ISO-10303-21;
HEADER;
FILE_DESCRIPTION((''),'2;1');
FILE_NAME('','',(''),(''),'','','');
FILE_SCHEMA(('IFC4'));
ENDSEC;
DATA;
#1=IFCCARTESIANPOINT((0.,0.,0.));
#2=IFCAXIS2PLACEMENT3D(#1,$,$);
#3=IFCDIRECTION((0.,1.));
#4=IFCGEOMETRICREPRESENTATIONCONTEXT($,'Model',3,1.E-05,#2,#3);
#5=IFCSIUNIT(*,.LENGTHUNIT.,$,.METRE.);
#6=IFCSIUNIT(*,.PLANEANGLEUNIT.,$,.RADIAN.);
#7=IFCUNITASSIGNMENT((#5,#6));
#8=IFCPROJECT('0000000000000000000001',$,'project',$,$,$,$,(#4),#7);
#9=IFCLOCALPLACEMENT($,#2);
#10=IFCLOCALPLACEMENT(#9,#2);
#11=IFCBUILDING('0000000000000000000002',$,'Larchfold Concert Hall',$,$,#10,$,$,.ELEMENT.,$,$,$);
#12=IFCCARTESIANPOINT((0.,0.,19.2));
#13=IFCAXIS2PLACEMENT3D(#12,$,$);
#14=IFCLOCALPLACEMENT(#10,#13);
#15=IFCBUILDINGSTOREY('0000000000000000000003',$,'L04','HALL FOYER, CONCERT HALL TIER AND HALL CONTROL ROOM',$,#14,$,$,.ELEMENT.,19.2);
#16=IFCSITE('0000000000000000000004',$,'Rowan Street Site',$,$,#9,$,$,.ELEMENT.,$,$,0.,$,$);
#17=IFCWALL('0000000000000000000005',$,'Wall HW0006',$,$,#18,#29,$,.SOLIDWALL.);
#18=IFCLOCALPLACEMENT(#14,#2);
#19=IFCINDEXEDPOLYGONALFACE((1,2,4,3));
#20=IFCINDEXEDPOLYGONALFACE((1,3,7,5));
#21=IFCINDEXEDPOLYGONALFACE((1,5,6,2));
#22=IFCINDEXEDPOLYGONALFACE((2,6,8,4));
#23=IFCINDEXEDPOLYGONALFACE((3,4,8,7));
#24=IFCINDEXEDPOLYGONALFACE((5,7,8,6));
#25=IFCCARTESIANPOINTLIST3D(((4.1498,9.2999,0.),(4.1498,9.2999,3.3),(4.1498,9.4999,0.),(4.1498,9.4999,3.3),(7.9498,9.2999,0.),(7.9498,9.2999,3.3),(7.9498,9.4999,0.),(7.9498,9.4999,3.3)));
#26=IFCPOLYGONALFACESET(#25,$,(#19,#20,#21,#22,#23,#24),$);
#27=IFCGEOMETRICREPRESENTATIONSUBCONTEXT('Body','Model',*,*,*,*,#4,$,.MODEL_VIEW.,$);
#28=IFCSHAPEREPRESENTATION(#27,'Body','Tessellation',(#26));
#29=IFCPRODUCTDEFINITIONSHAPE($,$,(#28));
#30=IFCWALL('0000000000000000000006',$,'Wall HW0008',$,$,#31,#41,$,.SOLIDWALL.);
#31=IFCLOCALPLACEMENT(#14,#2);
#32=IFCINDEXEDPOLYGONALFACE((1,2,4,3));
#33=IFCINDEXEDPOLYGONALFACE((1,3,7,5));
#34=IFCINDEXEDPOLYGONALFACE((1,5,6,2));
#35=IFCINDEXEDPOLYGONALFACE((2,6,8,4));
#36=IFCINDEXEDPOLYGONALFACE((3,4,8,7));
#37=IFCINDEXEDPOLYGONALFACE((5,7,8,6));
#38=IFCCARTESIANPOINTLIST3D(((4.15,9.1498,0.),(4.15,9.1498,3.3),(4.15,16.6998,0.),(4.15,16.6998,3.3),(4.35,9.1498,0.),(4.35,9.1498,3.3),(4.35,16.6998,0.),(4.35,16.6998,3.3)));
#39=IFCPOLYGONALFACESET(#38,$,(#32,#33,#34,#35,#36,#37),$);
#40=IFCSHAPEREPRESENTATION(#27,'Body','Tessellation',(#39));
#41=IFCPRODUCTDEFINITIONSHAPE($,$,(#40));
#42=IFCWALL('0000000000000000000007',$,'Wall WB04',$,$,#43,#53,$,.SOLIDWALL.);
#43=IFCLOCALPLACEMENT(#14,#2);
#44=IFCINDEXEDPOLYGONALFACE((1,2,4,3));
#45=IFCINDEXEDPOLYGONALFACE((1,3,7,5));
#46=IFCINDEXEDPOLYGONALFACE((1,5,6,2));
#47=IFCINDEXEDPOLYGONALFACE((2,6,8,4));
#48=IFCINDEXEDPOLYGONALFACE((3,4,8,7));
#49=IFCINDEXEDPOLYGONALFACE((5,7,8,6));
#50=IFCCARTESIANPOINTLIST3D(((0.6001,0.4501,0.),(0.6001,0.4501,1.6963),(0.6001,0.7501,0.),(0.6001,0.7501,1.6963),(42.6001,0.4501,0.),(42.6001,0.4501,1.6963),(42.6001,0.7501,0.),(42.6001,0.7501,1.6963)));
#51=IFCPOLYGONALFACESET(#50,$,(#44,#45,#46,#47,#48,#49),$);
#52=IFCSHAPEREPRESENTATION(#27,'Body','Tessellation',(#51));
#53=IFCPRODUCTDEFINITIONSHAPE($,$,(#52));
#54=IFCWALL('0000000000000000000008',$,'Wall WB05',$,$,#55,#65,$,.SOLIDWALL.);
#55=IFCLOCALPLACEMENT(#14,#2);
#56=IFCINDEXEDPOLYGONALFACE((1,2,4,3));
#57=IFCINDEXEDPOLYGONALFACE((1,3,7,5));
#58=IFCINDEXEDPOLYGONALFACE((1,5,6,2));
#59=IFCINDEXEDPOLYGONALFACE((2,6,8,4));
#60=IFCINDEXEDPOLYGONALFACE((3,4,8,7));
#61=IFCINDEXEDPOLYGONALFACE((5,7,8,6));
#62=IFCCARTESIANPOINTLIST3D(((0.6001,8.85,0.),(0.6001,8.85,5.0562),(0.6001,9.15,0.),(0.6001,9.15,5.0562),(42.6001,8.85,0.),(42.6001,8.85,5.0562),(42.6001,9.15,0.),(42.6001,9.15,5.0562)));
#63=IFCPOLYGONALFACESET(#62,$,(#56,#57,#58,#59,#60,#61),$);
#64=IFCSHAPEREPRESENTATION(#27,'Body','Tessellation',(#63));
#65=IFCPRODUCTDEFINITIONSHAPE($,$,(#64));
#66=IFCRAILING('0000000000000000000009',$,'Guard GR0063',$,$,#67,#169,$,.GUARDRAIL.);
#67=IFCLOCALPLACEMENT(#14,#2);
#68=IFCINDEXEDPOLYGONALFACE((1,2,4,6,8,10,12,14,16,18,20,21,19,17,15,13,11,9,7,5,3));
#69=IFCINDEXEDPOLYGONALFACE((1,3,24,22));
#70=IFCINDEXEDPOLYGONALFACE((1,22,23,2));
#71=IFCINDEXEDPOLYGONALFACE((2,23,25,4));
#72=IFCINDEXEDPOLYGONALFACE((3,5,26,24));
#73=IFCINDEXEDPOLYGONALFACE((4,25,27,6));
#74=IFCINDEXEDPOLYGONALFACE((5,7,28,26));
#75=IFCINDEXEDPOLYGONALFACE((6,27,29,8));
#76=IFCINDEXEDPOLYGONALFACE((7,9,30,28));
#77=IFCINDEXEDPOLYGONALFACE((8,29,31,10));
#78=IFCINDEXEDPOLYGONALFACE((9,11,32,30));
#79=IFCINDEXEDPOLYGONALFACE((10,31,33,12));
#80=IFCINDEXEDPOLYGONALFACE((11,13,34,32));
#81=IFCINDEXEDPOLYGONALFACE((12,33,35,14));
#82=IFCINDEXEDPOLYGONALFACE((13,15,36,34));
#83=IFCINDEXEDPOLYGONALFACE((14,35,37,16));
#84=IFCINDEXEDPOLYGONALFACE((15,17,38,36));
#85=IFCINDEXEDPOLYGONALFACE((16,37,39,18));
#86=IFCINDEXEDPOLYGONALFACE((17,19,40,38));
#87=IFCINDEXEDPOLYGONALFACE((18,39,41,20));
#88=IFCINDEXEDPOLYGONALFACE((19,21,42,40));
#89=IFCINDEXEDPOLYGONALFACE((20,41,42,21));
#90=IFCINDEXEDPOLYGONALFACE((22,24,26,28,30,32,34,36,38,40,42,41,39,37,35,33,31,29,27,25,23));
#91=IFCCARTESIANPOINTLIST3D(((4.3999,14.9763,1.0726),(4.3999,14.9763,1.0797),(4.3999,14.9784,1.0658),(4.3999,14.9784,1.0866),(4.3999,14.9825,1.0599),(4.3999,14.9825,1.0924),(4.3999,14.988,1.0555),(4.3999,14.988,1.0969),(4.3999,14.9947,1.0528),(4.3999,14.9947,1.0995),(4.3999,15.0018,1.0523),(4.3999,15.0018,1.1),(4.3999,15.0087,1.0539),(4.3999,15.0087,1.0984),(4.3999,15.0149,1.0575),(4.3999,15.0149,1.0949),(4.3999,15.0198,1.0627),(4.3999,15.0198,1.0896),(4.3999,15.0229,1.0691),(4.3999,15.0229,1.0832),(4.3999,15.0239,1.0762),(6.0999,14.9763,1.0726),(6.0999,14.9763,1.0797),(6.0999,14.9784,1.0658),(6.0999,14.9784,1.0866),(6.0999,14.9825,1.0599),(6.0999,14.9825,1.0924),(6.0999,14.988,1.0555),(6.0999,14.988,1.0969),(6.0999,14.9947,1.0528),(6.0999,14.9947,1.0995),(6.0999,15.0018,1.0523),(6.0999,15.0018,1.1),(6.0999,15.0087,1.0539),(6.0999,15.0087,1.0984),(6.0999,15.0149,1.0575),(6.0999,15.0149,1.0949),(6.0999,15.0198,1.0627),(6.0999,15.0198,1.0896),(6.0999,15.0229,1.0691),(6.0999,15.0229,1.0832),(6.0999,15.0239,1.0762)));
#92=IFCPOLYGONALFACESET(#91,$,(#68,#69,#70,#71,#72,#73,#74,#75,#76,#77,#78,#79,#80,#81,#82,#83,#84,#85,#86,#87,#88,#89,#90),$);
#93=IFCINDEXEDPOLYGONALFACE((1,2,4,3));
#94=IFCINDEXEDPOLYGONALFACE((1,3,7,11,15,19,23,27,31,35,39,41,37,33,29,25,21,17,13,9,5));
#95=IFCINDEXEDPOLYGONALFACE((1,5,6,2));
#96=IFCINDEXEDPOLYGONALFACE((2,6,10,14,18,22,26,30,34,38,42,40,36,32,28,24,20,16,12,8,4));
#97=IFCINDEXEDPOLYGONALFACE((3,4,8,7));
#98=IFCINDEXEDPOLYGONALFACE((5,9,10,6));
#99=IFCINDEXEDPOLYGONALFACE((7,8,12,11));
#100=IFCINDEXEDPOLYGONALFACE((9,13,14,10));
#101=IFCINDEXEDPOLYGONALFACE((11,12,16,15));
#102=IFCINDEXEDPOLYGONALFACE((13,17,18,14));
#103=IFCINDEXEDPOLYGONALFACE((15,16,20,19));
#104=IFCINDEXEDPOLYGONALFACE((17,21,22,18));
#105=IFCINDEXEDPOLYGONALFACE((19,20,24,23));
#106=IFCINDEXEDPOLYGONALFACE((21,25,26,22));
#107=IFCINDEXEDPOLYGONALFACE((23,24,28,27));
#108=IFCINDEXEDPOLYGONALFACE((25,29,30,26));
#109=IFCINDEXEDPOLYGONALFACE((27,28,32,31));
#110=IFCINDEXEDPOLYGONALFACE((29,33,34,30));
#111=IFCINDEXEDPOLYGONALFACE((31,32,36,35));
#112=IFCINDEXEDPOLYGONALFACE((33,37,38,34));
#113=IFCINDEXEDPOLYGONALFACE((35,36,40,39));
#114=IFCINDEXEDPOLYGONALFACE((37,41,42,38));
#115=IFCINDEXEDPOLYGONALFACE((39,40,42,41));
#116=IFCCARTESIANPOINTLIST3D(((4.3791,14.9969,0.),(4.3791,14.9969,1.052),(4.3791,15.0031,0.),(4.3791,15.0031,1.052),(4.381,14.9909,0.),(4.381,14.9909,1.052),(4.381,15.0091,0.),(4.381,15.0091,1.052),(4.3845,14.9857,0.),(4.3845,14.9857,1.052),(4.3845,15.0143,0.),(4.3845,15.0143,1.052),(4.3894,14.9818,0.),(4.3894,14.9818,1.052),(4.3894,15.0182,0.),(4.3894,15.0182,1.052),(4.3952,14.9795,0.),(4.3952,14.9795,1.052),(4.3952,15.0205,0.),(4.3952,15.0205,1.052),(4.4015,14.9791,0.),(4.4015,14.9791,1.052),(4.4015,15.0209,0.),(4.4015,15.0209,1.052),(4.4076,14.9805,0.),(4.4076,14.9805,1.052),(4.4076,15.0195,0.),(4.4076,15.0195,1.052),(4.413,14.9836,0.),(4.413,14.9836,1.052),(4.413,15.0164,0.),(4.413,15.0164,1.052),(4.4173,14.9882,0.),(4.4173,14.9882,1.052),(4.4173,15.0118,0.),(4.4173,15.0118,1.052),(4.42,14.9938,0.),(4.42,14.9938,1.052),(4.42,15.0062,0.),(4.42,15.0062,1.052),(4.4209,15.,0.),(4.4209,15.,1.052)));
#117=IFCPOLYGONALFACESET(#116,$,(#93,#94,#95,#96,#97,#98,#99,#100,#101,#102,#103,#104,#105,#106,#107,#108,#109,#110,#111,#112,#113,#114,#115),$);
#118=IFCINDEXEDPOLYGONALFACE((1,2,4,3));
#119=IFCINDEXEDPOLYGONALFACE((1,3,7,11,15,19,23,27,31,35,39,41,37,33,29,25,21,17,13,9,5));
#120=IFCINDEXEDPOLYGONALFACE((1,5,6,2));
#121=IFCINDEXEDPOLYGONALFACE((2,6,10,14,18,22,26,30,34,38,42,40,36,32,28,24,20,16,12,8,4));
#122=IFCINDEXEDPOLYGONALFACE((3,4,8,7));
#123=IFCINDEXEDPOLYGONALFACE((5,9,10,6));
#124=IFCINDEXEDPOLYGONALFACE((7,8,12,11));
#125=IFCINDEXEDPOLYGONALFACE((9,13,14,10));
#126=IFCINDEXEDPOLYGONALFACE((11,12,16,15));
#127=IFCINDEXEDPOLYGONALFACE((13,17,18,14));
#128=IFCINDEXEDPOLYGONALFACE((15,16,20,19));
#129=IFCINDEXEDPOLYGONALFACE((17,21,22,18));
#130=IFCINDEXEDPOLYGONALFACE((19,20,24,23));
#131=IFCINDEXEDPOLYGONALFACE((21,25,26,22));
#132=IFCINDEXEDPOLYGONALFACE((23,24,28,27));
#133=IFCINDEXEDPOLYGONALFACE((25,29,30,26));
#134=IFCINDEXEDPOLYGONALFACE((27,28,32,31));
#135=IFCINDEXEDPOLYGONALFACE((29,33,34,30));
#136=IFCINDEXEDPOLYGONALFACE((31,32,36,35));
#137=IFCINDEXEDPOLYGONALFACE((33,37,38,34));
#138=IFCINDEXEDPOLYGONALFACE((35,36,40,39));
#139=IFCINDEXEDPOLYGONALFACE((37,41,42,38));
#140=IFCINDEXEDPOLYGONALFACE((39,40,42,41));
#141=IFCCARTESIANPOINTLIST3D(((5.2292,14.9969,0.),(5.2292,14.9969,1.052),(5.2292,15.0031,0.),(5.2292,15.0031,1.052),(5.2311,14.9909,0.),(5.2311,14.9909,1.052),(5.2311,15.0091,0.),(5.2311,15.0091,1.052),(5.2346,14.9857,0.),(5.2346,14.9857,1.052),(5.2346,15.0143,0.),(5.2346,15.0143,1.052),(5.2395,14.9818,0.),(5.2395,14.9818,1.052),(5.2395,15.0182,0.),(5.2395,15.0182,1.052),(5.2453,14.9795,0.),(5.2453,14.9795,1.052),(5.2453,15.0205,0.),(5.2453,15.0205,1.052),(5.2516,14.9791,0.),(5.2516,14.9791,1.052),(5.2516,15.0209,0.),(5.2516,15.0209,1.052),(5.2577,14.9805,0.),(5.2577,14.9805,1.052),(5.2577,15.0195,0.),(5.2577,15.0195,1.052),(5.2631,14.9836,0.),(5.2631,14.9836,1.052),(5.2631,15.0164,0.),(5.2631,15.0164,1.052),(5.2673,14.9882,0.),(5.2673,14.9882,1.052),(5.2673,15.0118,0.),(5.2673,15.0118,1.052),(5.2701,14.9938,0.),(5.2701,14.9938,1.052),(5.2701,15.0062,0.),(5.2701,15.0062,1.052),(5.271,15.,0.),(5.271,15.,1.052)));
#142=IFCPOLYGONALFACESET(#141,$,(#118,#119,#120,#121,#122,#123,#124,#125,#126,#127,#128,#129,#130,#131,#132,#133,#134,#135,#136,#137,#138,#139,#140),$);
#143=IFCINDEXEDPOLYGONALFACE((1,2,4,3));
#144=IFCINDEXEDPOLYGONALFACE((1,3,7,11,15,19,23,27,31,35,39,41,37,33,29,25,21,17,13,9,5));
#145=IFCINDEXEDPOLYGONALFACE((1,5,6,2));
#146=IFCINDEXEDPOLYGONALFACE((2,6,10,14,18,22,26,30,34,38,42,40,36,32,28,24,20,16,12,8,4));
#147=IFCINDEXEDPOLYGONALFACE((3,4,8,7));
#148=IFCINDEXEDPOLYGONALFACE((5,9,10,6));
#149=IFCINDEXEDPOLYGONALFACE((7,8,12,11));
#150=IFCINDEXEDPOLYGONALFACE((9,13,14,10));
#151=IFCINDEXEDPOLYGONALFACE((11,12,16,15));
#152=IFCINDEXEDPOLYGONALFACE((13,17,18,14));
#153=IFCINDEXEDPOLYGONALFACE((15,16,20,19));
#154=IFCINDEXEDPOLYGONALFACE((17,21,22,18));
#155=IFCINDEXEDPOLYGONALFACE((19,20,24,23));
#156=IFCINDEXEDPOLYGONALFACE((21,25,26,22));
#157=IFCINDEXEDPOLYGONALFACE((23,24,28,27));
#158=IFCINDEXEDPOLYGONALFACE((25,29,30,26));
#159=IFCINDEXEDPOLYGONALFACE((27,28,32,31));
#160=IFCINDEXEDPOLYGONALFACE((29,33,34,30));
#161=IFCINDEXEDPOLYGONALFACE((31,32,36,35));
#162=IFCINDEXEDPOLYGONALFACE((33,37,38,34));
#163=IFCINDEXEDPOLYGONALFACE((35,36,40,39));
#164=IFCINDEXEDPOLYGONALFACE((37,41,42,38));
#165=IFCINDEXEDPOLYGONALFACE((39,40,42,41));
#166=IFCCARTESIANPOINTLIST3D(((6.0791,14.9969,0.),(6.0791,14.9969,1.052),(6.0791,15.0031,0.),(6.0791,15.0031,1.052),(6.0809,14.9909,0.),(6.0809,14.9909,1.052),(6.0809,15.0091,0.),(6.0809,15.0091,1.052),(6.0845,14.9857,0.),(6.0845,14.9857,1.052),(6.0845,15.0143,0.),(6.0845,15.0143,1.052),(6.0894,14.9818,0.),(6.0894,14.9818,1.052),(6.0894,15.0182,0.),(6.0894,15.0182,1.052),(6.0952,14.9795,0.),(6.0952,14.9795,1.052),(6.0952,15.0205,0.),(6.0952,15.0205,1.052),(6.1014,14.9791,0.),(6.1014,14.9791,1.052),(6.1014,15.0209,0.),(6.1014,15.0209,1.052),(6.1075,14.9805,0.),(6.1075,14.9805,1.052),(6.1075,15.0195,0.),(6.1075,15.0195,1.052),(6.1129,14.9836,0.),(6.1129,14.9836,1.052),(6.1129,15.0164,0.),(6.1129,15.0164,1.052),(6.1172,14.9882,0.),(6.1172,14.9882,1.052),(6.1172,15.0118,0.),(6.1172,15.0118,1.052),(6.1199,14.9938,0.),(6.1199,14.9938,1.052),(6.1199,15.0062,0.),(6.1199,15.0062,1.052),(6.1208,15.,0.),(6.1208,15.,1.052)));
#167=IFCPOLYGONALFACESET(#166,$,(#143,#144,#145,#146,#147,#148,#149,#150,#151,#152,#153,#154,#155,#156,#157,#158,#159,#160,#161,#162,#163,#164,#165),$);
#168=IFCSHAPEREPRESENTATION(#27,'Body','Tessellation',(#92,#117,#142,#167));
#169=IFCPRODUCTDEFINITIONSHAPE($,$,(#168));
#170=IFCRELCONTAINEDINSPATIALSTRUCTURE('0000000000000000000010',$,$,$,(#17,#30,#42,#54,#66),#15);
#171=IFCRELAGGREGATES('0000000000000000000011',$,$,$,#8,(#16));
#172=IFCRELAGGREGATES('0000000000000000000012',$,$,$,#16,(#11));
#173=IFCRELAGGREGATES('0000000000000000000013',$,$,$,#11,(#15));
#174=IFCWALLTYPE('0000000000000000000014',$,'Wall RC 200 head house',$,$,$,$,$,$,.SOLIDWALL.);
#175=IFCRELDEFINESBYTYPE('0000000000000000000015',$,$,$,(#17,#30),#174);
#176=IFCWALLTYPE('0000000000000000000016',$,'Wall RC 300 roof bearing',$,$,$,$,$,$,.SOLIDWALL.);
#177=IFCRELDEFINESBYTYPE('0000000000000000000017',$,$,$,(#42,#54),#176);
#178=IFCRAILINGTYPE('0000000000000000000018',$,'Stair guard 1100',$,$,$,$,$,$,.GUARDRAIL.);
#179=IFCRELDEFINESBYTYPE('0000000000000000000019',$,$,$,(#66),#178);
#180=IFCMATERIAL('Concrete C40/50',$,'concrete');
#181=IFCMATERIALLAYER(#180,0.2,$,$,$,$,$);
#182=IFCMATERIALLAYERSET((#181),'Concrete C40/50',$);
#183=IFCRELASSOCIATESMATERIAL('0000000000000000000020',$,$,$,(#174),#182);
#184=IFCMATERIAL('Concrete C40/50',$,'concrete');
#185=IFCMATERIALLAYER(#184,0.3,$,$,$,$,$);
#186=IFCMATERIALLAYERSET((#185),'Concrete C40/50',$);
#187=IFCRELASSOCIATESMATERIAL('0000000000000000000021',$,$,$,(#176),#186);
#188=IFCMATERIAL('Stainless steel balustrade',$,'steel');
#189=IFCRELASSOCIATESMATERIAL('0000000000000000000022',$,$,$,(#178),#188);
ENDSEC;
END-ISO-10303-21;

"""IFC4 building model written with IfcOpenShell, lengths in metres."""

from ifc_helpers import new_model, si_unit, direction, frame, frame_2d, origin, origin_2d, place, context, subcontext, project, spatial, rectangle, circle, extrude, material, layer, layer_set, type_object, element, save


model = new_model("IFC4")

# Units and contexts
model_context = context("Model", 3, precision=1e-05, world=origin(), true_north=direction((0.0, 1.0)))
body_context = subcontext(model_context, "Body", "Model", "MODEL_VIEW")
ifc_project = project(units=[si_unit("LENGTHUNIT", "METRE"), si_unit("PLANEANGLEUNIT", "RADIAN")], contexts=[model_context])

# Site, building, storey
site_placement = place(None, origin())
site = spatial("IfcSite", under=ifc_project, at=site_placement, Name="Rowan Street Site", CompositionType="ELEMENT", RefElevation=0.0)
building_placement = place(site_placement, origin())
building = spatial("IfcBuilding", under=site, at=building_placement, Name="Larchfold Concert Hall", CompositionType="ELEMENT")
storey_placement = place(building_placement, frame((0.0, 0.0, 19.2)))
storey = spatial("IfcBuildingStorey", under=building, at=storey_placement, Name="L04", Description="HALL FOYER, CONCERT HALL TIER AND HALL CONTROL ROOM", CompositionType="ELEMENT", Elevation=19.2)

# Shared definitions
ifc_material_1 = material(Name="Concrete C40/50", Category="concrete")
ifc_layer_1 = layer(ifc_material_1, 0.2)
ifc_layer_set_1 = layer_set([ifc_layer_1], Name="Concrete C40/50")
wall_type_1 = type_object("IfcWallType", Name="Wall RC 200 head house", PredefinedType="SOLIDWALL", material=ifc_layer_set_1)

# Walls
wall_1_placement = place(storey_placement, frame((4.1499, 9.3999, 0.0), z_axis=(0.0, 0.0, 1.0), x_axis=(1.0, 0.0, 0.0)))
element("IfcWall", 1, at=wall_1_placement, inside=storey, type_object=wall_type_1, Name="Wall HW0006", PredefinedType="SOLIDWALL", context=body_context, shape_type="SweptSolid", body=[
    extrude(rectangle(XDim=3.8, YDim=0.2, at=frame_2d((1.8999, 0.0))), origin(), (0.0, 0.0, 1.0), 3.3),
])
wall_2_placement = place(storey_placement, frame((4.25, 9.1499, 0.0), z_axis=(0.0, 0.0, 1.0), x_axis=(0.0, 1.0, 0.0)))
element("IfcWall", 2, at=wall_2_placement, inside=storey, type_object=wall_type_1, Name="Wall HW0008", PredefinedType="SOLIDWALL", context=body_context, shape_type="SweptSolid", body=[
    extrude(rectangle(XDim=7.55, YDim=0.2, at=frame_2d((3.7749, 0.0))), origin(), (0.0, 0.0, 1.0), 3.3),
])
ifc_material_2 = material(Name="Concrete C40/50", Category="concrete")
ifc_layer_2 = layer(ifc_material_2, 0.3)
ifc_layer_set_2 = layer_set([ifc_layer_2], Name="Concrete C40/50")
wall_type_2 = type_object("IfcWallType", Name="Wall RC 300 roof bearing", PredefinedType="SOLIDWALL", material=ifc_layer_set_2)
wall_3_placement = place(storey_placement, frame((0.6001, 0.6001, 0.0), z_axis=(0.0, 0.0, 1.0), x_axis=(1.0, 0.0, 0.0)))
element("IfcWall", 3, at=wall_3_placement, inside=storey, type_object=wall_type_2, Name="Wall WB04", PredefinedType="SOLIDWALL", context=body_context, shape_type="SweptSolid", body=[
    extrude(rectangle(XDim=42.0, YDim=0.3, at=frame_2d((21.0, 0.0))), origin(), (0.0, 0.0, 1.0), 1.6963),
])
wall_4_placement = place(storey_placement, frame((0.6001, 9.0, 0.0), z_axis=(0.0, 0.0, 1.0), x_axis=(1.0, 0.0, 0.0)))
element("IfcWall", 4, at=wall_4_placement, inside=storey, type_object=wall_type_2, Name="Wall WB05", PredefinedType="SOLIDWALL", context=body_context, shape_type="SweptSolid", body=[
    extrude(rectangle(XDim=42.0, YDim=0.3, at=frame_2d((21.0, 0.0))), origin(), (0.0, 0.0, 1.0), 5.0562),
])

# Railing
ifc_material_3 = material(Name="Stainless steel balustrade", Category="steel")
railing_type = type_object("IfcRailingType", Name="Stair guard 1100", PredefinedType="GUARDRAIL", material=ifc_material_3)
railing_placement = place(storey_placement, frame((4.3999, 15.0, 0.0)))
element("IfcRailing", 5, at=railing_placement, inside=storey, type_object=railing_type, Name="Guard GR0063", PredefinedType="GUARDRAIL", context=body_context, shape_type="SweptSolid", body=[
    extrude(circle(Radius=0.0239, at=origin_2d()), frame((0.0, 0.0, 1.0762), z_axis=(1.0, 0.0, 0.0), x_axis=(0.0, 1.0, 0.0)), (0.0, 0.0, 1.0), 1.7),
    extrude(circle(Radius=0.021, at=origin_2d()), origin(), (0.0, 0.0, 1.0), 1.052),
    extrude(circle(Radius=0.021, at=origin_2d()), frame((0.8501, 0.0, 0.0)), (0.0, 0.0, 1.0), 1.052),
    extrude(circle(Radius=0.021, at=origin_2d()), frame((1.7, 0.0, 0.0)), (0.0, 0.0, 1.0), 1.052),
])

save(model, "model.ifc")
